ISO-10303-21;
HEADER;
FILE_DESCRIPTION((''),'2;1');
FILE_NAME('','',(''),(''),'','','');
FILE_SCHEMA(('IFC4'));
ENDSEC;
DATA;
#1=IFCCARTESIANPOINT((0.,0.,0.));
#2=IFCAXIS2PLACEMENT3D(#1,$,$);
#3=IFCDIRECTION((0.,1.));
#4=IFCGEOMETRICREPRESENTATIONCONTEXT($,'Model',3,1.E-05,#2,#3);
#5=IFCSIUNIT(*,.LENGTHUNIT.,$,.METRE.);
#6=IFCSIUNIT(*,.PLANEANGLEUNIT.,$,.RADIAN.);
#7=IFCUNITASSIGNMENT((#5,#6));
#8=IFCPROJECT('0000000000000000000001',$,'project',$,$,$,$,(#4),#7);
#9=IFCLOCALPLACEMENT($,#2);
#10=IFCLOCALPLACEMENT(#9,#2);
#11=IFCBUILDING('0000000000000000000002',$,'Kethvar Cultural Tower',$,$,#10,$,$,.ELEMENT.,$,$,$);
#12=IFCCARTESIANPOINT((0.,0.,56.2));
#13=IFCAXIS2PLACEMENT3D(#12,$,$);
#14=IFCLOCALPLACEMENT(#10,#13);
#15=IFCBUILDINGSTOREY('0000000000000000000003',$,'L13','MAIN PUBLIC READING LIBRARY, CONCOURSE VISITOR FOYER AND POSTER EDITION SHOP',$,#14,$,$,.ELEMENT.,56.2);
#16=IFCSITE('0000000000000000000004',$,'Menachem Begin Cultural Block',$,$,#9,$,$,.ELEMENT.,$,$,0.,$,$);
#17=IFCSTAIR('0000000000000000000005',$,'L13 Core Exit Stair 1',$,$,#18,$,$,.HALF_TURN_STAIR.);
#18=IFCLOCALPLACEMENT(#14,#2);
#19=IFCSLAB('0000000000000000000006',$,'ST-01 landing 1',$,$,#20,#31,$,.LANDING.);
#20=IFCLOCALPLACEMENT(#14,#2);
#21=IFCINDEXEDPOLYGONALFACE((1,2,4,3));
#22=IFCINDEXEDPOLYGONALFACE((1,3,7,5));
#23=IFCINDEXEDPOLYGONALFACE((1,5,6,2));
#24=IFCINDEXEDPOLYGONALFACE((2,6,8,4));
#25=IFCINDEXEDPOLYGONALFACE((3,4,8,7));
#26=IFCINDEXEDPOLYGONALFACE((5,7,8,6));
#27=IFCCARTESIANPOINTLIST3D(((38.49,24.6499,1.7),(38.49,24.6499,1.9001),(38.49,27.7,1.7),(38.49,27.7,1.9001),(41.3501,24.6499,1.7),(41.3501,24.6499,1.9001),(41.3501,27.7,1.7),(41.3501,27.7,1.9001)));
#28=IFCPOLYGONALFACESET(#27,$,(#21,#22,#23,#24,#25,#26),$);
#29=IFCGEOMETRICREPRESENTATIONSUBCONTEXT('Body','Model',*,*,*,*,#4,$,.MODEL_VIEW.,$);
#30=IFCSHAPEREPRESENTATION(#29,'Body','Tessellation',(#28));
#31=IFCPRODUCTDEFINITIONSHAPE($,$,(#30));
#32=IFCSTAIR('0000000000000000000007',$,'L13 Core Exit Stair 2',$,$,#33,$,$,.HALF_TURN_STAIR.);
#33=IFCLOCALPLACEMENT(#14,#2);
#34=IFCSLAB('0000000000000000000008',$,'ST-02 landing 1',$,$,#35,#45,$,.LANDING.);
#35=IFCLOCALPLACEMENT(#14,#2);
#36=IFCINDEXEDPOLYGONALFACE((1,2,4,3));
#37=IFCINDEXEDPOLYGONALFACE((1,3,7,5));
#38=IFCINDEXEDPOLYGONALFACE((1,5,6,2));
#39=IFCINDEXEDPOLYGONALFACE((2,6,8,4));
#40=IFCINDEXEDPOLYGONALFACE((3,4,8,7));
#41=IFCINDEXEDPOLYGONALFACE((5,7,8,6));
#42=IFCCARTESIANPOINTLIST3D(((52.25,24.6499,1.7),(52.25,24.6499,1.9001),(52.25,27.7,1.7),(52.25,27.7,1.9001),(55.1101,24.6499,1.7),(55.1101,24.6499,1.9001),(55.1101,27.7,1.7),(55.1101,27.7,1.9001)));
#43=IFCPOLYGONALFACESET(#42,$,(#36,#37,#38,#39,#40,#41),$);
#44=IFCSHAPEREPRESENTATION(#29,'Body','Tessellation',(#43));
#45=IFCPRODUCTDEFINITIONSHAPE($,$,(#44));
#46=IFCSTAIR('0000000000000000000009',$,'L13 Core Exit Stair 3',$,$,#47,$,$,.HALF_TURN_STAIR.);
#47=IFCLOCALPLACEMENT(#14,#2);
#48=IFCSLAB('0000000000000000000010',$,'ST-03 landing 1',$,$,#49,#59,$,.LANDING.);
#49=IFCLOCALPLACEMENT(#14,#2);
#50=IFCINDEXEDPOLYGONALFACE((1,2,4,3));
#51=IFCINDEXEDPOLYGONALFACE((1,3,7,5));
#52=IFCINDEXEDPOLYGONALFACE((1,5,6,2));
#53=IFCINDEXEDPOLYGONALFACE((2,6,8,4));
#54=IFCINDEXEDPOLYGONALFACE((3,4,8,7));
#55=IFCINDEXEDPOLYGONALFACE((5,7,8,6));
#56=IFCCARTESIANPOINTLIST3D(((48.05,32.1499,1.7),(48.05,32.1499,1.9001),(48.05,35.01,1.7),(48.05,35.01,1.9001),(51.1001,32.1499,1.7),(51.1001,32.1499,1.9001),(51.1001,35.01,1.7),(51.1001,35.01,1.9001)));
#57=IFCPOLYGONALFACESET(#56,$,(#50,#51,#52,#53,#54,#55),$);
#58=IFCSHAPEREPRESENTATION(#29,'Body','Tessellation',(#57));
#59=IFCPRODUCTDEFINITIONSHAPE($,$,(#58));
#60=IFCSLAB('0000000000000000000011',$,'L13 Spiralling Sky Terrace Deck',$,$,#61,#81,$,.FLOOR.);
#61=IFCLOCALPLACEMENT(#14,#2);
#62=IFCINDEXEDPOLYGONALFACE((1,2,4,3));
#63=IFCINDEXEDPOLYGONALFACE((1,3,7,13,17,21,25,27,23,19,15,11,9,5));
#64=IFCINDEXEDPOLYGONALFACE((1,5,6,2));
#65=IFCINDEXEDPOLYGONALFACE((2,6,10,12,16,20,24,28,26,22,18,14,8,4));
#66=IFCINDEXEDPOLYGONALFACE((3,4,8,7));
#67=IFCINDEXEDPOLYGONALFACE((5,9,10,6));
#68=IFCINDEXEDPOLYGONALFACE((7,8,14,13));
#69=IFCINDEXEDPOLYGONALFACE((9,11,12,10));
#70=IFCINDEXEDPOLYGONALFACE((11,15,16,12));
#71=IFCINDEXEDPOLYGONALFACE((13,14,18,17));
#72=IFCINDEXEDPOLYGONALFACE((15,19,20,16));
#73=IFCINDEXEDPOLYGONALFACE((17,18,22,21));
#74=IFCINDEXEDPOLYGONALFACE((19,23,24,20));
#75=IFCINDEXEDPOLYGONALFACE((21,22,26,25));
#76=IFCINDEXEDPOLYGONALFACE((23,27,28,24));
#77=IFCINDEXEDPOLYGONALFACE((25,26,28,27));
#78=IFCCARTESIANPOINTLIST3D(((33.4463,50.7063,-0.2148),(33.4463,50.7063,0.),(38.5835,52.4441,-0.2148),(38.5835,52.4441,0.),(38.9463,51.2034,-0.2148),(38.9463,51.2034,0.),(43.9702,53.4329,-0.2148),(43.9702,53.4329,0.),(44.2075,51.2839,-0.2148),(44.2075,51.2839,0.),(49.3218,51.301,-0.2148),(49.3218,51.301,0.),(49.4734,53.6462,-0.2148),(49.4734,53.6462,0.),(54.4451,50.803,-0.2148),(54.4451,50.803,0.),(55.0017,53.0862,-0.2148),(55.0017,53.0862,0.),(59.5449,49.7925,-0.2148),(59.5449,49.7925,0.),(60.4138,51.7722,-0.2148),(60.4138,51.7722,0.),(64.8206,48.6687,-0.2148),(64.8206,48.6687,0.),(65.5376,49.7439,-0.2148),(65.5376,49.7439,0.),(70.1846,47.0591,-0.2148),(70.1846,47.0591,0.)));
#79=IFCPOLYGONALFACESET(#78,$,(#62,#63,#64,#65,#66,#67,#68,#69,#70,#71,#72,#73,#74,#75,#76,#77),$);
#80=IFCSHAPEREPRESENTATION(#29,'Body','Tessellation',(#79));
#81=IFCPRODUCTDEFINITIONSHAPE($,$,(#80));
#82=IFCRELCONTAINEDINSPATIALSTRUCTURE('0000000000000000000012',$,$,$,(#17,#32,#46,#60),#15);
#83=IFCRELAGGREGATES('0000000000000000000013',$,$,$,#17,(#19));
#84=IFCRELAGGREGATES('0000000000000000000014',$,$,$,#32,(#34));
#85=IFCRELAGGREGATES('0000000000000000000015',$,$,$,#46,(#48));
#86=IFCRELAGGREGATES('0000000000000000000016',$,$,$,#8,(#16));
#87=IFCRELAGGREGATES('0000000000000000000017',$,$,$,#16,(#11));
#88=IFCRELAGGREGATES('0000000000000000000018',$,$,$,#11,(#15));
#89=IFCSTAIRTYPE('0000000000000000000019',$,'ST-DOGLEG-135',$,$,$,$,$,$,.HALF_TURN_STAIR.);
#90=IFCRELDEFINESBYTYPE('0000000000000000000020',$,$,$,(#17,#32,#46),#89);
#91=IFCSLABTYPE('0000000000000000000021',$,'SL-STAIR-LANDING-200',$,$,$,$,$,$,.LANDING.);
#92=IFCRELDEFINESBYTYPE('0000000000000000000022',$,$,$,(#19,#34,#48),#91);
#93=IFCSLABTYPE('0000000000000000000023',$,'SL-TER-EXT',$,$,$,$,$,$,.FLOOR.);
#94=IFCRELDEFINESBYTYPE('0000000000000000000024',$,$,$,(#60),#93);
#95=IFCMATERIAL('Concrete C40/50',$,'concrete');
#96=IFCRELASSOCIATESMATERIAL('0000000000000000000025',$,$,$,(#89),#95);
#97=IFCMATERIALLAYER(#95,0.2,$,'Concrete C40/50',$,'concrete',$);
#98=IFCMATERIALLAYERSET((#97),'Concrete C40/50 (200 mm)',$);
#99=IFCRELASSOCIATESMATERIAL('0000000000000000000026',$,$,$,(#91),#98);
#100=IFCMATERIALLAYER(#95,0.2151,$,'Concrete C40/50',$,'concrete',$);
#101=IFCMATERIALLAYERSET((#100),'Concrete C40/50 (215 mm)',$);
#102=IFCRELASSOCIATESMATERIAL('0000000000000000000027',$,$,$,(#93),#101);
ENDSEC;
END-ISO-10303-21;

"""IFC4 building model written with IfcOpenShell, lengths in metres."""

from ifc_helpers import new_model, si_unit, direction, frame, origin, place, context, subcontext, project, spatial, polyline, outline, extrude, material, layer, layer_set, type_object, element, aggregate, save


model = new_model("IFC4")

# Units and contexts
model_context = context("Model", 3, precision=1e-05, world=origin(), true_north=direction((0.0, 1.0)))
body_context = subcontext(model_context, "Body", "Model", "MODEL_VIEW")
ifc_project = project(units=[si_unit("LENGTHUNIT", "METRE"), si_unit("PLANEANGLEUNIT", "RADIAN")], contexts=[model_context])

# Site, building, storey
site_placement = place(None, origin())
site = spatial("IfcSite", under=ifc_project, at=site_placement, Name="Menachem Begin Cultural Block", CompositionType="ELEMENT", RefElevation=0.0)
building_placement = place(site_placement, origin())
building = spatial("IfcBuilding", under=site, at=building_placement, Name="Kethvar Cultural Tower", CompositionType="ELEMENT")
storey_placement = place(building_placement, frame((0.0, 0.0, 56.2)))
storey = spatial("IfcBuildingStorey", under=building, at=storey_placement, Name="L13", Description="MAIN PUBLIC READING LIBRARY, CONCOURSE VISITOR FOYER AND POSTER EDITION SHOP", CompositionType="ELEMENT", Elevation=56.2)

# Stairs, slabs
ifc_material_1 = material(Name="Concrete C40/50", Category="concrete")
stair_type = type_object("IfcStairType", Name="ST-DOGLEG-135", PredefinedType="HALF_TURN_STAIR", material=ifc_material_1)
stair_1_placement = place(storey_placement, origin())
stair_1 = element("IfcStair", 1, at=stair_1_placement, inside=storey, type_object=stair_type, Name="L13 Core Exit Stair 1", PredefinedType="HALF_TURN_STAIR")
ifc_layer_1 = layer(ifc_material_1, 0.2, Name="Concrete C40/50", Category="concrete")
ifc_layer_set_1 = layer_set([ifc_layer_1], Name="Concrete C40/50 (200 mm)")
slab_type_1 = type_object("IfcSlabType", Name="SL-STAIR-LANDING-200", PredefinedType="LANDING", material=ifc_layer_set_1)
slab_1_placement = place(storey_placement, frame((0.0, 0.0, 1.7)))
slab_1 = element("IfcSlab", 2, at=slab_1_placement, type_object=slab_type_1, Name="ST-01 landing 1", PredefinedType="LANDING", context=body_context, shape_type="SweptSolid", body=[
    extrude(outline(polyline([(41.3501, 24.6499), (41.3501, 27.7), (38.49, 27.7), (38.49, 24.6499), (41.3501, 24.6499)])), origin(), (0.0, 0.0, 1.0), 0.2002),
])
aggregate(stair_1, [slab_1])
stair_2_placement = place(storey_placement, origin())
stair_2 = element("IfcStair", 3, at=stair_2_placement, inside=storey, type_object=stair_type, Name="L13 Core Exit Stair 2", PredefinedType="HALF_TURN_STAIR")
slab_2_placement = place(storey_placement, frame((0.0, 0.0, 1.7)))
slab_2 = element("IfcSlab", 4, at=slab_2_placement, type_object=slab_type_1, Name="ST-02 landing 1", PredefinedType="LANDING", context=body_context, shape_type="SweptSolid", body=[
    extrude(outline(polyline([(55.1101, 24.6499), (55.1101, 27.7), (52.25, 27.7), (52.25, 24.6499), (55.1101, 24.6499)])), origin(), (0.0, 0.0, 1.0), 0.2002),
])
aggregate(stair_2, [slab_2])
stair_3_placement = place(storey_placement, origin())
stair_3 = element("IfcStair", 5, at=stair_3_placement, inside=storey, type_object=stair_type, Name="L13 Core Exit Stair 3", PredefinedType="HALF_TURN_STAIR")
slab_3_placement = place(storey_placement, frame((0.0, 0.0, 1.7)))
slab_3 = element("IfcSlab", 6, at=slab_3_placement, type_object=slab_type_1, Name="ST-03 landing 1", PredefinedType="LANDING", context=body_context, shape_type="SweptSolid", body=[
    extrude(outline(polyline([(51.1001, 35.01), (48.05, 35.01), (48.05, 32.1499), (51.1001, 32.1499), (51.1001, 35.01)])), origin(), (0.0, 0.0, 1.0), 0.2002),
])
aggregate(stair_3, [slab_3])

# Slab
ifc_layer_2 = layer(ifc_material_1, 0.2151, Name="Concrete C40/50", Category="concrete")
ifc_layer_set_2 = layer_set([ifc_layer_2], Name="Concrete C40/50 (215 mm)")
slab_type_2 = type_object("IfcSlabType", Name="SL-TER-EXT", PredefinedType="FLOOR", material=ifc_layer_set_2)
slab_4_placement = place(storey_placement, frame((0.0, 0.0, -0.2148)))
element("IfcSlab", 7, at=slab_4_placement, inside=storey, type_object=slab_type_2, Name="L13 Spiralling Sky Terrace Deck", PredefinedType="FLOOR", context=body_context, shape_type="SweptSolid", body=[
    extrude(outline(polyline([(70.1846, 47.0591), (65.5376, 49.7439), (60.4138, 51.7722), (55.0017, 53.0862), (49.4734, 53.6462), (43.9702, 53.4329), (38.5835, 52.4441), (33.4463, 50.7063), (38.9463, 51.2034), (44.2075, 51.2839), (49.3218, 51.301), (54.4451, 50.803), (59.5449, 49.7925), (64.8206, 48.6687), (70.1846, 47.0591)])), origin(), (0.0, 0.0, 1.0), 0.2148),
])

save(model, "model.ifc")
